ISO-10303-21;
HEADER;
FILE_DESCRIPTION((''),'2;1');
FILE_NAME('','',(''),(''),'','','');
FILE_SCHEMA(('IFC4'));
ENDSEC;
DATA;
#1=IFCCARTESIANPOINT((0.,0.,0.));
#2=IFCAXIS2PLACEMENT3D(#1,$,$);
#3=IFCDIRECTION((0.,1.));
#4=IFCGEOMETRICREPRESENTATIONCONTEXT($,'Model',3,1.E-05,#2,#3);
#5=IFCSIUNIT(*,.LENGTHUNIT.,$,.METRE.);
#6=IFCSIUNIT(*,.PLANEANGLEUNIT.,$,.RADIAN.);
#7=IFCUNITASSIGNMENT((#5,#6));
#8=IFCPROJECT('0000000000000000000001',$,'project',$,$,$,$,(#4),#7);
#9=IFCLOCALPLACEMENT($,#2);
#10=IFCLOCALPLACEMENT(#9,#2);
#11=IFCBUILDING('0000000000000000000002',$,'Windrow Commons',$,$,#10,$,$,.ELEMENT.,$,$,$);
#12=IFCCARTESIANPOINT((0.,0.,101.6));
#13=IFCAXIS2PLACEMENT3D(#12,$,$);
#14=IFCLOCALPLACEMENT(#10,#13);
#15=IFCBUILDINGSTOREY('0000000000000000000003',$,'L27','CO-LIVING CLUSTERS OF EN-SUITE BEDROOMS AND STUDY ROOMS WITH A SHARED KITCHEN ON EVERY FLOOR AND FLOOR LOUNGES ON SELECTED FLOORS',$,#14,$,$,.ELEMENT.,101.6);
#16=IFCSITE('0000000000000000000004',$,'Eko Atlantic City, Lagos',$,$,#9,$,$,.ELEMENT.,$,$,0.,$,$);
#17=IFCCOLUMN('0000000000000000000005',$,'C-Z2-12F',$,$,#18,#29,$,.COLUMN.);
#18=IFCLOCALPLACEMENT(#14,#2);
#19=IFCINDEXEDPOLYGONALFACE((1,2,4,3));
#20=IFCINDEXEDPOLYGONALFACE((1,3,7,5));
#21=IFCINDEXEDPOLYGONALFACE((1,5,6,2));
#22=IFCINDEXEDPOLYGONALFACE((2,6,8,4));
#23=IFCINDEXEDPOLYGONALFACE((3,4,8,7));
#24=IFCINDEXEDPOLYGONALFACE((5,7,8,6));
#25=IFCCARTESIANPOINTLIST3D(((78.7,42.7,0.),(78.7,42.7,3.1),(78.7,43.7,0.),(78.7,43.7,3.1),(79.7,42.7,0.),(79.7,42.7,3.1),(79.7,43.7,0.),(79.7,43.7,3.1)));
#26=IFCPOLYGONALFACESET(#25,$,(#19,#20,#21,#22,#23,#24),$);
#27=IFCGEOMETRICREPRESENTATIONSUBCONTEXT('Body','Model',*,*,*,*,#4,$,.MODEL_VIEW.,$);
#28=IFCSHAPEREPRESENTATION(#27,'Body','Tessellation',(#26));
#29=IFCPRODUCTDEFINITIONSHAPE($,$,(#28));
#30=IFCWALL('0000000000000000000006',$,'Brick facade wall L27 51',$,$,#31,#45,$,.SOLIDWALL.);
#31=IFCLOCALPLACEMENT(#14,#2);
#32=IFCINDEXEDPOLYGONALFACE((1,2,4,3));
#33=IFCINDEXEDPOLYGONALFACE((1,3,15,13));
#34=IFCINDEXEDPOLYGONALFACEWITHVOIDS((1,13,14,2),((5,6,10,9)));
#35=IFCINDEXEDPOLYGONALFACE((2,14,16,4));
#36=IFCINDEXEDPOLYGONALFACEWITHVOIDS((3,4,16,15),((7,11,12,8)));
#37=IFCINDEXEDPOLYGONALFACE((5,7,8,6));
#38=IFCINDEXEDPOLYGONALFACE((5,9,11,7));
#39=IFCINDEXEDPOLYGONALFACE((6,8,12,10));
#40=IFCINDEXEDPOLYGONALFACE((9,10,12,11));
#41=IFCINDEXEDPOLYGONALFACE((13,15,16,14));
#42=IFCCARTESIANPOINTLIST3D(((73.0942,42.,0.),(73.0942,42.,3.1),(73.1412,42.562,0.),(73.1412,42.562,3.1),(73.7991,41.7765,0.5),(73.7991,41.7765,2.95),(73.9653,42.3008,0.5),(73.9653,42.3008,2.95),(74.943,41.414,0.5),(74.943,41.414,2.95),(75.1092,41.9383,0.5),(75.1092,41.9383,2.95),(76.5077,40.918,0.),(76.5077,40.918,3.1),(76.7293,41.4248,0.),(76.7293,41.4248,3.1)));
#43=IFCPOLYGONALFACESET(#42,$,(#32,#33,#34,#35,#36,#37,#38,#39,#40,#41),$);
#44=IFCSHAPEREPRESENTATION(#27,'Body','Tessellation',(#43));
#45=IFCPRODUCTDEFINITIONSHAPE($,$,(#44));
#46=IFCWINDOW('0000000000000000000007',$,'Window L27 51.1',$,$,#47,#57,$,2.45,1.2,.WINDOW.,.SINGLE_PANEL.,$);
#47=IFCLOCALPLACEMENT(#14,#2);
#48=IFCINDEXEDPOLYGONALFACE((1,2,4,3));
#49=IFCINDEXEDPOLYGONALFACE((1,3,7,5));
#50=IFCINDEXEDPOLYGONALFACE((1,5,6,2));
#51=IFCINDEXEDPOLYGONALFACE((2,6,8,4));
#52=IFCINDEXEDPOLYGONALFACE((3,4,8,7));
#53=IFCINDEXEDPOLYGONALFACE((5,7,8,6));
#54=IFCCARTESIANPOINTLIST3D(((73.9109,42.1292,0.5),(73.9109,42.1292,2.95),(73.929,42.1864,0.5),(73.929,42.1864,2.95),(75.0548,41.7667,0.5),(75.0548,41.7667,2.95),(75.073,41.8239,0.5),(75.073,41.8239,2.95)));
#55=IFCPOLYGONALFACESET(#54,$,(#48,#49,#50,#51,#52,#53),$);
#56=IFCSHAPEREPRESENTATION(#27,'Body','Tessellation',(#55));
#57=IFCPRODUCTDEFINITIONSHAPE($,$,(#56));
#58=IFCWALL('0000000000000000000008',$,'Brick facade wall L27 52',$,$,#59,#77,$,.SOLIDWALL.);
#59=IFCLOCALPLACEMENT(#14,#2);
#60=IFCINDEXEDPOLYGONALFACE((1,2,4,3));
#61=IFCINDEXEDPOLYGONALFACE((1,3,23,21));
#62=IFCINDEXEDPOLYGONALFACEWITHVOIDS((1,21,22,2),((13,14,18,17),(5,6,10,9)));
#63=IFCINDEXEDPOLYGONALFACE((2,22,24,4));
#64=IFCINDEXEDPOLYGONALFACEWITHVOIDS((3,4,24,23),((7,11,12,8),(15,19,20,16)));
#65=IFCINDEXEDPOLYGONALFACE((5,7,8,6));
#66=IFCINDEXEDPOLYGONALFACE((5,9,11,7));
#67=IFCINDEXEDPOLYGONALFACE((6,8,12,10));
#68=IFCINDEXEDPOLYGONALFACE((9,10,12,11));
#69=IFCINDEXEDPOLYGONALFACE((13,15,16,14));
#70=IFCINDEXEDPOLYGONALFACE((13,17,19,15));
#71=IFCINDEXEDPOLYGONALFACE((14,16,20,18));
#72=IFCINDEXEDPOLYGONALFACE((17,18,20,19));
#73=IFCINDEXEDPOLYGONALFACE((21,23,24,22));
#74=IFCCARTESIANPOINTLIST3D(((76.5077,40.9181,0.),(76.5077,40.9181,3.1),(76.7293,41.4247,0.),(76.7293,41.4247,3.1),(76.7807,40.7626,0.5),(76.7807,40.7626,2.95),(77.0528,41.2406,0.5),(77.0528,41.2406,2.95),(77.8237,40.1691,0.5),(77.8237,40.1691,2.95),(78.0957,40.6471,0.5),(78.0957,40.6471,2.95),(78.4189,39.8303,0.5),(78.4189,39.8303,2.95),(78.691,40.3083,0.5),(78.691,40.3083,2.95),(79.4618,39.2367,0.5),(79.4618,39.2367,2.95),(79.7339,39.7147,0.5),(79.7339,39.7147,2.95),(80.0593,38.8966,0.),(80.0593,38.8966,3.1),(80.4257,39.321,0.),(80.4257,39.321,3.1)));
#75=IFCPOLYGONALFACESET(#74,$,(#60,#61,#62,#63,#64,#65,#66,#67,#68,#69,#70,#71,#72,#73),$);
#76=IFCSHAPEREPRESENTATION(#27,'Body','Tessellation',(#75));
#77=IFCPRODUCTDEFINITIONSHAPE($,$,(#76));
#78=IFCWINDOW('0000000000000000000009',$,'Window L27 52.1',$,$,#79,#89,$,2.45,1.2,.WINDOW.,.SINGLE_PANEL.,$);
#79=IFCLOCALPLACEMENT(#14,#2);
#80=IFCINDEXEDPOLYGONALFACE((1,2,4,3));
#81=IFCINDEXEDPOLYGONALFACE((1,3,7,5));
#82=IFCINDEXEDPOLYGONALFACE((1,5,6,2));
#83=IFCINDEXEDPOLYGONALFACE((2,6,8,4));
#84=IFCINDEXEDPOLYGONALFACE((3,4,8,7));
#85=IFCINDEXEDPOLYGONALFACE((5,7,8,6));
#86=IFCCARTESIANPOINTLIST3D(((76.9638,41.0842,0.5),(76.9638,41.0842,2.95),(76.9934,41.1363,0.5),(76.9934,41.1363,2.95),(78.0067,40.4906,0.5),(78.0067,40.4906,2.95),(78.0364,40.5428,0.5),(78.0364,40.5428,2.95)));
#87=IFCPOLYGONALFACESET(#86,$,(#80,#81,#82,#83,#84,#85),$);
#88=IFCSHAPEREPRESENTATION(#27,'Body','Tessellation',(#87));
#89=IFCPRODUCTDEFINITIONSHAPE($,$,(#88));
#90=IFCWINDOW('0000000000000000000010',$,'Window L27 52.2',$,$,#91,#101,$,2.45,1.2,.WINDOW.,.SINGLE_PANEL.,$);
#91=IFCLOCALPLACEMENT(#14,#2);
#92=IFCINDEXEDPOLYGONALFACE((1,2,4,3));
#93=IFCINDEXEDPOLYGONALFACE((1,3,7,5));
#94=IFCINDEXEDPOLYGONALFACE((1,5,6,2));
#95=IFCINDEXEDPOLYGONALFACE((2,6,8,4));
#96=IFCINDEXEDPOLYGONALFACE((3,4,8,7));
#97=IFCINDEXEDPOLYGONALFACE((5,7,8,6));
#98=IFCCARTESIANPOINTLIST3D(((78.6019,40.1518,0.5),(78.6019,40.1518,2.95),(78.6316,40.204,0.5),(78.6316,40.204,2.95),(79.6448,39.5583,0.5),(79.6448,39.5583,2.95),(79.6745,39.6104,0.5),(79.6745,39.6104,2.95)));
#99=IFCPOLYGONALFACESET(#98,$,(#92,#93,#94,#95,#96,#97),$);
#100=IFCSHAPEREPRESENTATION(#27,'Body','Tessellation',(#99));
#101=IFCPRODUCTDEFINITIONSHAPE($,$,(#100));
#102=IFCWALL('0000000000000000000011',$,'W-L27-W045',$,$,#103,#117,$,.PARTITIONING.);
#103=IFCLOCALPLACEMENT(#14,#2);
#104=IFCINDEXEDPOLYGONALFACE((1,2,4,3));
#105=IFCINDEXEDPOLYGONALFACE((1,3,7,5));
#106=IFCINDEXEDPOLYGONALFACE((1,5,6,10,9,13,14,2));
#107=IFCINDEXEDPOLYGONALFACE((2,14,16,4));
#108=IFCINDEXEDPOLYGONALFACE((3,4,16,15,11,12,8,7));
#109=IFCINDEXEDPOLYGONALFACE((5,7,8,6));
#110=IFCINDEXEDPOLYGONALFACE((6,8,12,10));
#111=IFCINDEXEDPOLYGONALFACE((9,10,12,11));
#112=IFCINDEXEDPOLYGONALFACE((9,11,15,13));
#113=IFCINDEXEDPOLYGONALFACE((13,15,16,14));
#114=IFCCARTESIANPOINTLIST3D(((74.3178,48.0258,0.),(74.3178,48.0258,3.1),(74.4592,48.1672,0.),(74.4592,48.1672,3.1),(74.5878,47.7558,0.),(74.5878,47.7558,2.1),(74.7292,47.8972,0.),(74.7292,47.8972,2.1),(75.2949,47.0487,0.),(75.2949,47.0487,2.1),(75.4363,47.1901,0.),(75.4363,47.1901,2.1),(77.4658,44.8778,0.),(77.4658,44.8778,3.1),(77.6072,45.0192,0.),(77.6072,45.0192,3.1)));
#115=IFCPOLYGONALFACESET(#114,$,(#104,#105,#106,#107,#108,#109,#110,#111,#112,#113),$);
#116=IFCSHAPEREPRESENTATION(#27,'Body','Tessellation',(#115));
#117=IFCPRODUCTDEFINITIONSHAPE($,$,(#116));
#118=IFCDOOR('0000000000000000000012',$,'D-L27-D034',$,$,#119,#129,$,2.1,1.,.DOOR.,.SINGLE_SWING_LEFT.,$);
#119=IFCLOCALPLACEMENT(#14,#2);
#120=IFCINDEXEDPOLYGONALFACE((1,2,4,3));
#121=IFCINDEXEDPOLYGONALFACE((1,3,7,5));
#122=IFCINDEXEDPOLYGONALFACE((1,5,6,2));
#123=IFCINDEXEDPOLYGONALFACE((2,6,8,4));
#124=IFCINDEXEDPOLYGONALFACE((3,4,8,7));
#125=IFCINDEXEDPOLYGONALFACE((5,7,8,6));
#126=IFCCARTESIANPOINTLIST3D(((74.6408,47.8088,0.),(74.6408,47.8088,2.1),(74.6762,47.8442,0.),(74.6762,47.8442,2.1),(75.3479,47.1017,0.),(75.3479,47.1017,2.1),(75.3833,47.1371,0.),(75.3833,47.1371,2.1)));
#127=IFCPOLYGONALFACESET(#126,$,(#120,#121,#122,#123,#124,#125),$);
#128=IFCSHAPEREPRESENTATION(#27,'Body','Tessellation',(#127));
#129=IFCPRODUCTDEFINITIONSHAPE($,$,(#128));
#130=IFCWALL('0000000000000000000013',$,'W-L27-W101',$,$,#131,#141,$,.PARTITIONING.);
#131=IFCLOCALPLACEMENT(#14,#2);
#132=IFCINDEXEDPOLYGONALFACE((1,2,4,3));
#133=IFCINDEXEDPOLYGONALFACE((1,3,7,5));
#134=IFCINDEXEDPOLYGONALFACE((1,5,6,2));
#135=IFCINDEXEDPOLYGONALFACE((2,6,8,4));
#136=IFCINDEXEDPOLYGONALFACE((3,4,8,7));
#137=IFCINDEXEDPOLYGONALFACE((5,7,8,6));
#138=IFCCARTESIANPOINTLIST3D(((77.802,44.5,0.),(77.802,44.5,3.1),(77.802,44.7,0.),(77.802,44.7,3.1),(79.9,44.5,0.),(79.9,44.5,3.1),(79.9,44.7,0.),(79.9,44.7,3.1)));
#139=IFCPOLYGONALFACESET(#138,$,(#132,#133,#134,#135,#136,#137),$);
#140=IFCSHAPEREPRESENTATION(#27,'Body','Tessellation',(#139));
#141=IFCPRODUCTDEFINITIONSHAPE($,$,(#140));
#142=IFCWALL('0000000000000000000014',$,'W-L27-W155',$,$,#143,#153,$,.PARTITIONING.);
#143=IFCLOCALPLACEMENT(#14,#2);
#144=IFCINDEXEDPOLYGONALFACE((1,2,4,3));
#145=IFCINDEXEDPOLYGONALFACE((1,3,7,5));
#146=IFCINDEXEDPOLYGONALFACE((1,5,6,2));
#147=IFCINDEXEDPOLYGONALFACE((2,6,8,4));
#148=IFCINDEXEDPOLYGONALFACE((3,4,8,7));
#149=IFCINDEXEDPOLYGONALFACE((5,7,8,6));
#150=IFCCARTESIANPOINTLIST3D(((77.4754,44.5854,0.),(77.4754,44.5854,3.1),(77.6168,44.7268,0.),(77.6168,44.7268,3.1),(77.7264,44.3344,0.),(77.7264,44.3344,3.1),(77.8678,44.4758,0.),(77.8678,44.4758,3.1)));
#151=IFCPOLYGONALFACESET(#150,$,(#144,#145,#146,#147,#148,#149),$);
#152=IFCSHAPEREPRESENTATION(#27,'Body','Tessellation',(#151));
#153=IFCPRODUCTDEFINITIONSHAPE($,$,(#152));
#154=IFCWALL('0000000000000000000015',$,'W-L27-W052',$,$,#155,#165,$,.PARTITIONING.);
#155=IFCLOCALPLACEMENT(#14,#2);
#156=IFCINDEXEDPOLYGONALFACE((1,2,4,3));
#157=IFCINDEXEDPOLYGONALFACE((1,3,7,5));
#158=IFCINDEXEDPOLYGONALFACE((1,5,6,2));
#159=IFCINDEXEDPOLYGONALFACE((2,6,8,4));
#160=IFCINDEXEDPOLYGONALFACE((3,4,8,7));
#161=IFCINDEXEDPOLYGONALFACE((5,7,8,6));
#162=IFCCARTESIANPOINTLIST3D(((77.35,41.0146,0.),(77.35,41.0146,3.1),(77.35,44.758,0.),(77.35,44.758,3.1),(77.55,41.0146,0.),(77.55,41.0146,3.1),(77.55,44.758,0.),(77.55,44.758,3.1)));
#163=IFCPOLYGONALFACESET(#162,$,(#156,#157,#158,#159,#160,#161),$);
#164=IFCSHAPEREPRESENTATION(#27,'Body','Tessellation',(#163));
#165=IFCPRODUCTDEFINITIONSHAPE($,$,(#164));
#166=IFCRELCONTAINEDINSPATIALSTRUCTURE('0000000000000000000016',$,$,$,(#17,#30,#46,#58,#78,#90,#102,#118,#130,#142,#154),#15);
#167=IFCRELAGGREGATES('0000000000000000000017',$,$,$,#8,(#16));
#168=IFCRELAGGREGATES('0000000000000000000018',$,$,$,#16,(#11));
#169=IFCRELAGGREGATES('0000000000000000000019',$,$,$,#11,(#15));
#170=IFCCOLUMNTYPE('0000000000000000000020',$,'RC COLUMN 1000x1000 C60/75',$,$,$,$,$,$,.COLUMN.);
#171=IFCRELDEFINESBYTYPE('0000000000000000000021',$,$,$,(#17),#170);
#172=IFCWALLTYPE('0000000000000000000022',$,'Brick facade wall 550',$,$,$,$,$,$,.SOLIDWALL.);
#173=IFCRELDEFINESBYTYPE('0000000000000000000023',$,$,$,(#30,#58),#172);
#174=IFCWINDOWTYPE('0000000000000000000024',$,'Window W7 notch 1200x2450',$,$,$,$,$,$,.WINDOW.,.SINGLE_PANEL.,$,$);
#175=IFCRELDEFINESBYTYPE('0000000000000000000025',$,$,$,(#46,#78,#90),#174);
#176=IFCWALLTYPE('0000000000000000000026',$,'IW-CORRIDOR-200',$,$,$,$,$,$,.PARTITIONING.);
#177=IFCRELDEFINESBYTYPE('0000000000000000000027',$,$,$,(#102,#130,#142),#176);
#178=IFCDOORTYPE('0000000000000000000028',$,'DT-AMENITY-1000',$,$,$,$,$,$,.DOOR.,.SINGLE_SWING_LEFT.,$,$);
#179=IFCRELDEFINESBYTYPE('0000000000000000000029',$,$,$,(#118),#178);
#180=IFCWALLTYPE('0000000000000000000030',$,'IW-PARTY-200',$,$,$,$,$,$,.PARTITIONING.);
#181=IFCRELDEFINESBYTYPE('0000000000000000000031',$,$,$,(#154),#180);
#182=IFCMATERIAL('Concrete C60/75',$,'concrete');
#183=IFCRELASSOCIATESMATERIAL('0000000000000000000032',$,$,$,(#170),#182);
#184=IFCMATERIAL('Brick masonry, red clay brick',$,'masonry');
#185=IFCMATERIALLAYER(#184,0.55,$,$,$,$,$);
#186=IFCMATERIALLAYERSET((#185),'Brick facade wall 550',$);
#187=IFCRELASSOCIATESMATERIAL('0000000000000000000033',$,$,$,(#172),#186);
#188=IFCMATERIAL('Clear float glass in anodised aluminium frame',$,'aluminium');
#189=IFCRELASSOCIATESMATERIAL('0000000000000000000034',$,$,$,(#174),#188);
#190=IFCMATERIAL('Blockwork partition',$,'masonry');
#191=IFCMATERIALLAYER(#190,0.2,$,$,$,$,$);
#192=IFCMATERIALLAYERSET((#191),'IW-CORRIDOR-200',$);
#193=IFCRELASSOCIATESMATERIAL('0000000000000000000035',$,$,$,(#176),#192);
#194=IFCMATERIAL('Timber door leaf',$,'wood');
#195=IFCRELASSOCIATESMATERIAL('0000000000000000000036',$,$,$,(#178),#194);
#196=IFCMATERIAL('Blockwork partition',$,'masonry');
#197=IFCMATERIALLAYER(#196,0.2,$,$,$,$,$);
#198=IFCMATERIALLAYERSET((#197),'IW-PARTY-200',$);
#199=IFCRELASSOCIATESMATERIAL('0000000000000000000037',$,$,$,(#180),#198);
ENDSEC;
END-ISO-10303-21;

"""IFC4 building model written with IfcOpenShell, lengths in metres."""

from ifc_helpers import new_model, si_unit, direction, frame, frame_2d, origin, origin_2d, place, context, subcontext, project, spatial, polyline, rectangle, outline, extrude, material, layer, layer_set, material_profile, profile_set, type_object, element, fill, save


model = new_model("IFC4")

# Units and contexts
model_context = context("Model", 3, precision=1e-05, world=origin(), true_north=direction((0.0, 1.0)))
body_context = subcontext(model_context, "Body", "Model", "MODEL_VIEW")
ifc_project = project(units=[si_unit("LENGTHUNIT", "METRE"), si_unit("PLANEANGLEUNIT", "RADIAN")], contexts=[model_context])

# Site, building, storey
site_placement = place(None, origin())
site = spatial("IfcSite", under=ifc_project, at=site_placement, Name="Eko Atlantic City, Lagos", CompositionType="ELEMENT", RefElevation=0.0)
building_placement = place(site_placement, origin())
building = spatial("IfcBuilding", under=site, at=building_placement, Name="Windrow Commons", CompositionType="ELEMENT")
storey_placement = place(building_placement, frame((0.0, 0.0, 101.6)))
storey = spatial("IfcBuildingStorey", under=building, at=storey_placement, Name="L27", Description="CO-LIVING CLUSTERS OF EN-SUITE BEDROOMS AND STUDY ROOMS WITH A SHARED KITCHEN ON EVERY FLOOR AND FLOOR LOUNGES ON SELECTED FLOORS", CompositionType="ELEMENT", Elevation=101.6)

# Column
ifc_material_1 = material(Name="Concrete C60/75", Category="concrete")
ifc_material_profile = material_profile(ifc_material_1, rectangle(XDim=1.0, YDim=1.0, at=origin_2d()))
ifc_profile_set = profile_set([ifc_material_profile], Name="Concrete C60/75")
column_type = type_object("IfcColumnType", Name="RC COLUMN 1000x1000 C60/75", PredefinedType="COLUMN", material=ifc_profile_set)
column_placement = place(storey_placement, frame((79.2, 43.2, 0.0), z_axis=(0.0, 0.0, 1.0), x_axis=(1.0, 0.0, 0.0)))
element("IfcColumn", 1, at=column_placement, inside=storey, type_object=column_type, Name="C-Z2-12F", PredefinedType="COLUMN", context=body_context, shape_type="SweptSolid", body=[
    extrude(rectangle(XDim=1.0, YDim=1.0, at=origin_2d()), origin(), (0.0, 0.0, 1.0), 3.1),
])

# Wall, opening, window
ifc_material_2 = material(Name="Brick masonry, red clay brick", Category="masonry")
ifc_layer_1 = layer(ifc_material_2, 0.55)
ifc_layer_set_1 = layer_set([ifc_layer_1], Name="Brick facade wall 550")
wall_type_1 = type_object("IfcWallType", Name="Brick facade wall 550", PredefinedType="SOLIDWALL", material=ifc_layer_set_1)
wall_1_placement = place(storey_placement, frame((73.1177, 42.281, 0.0), z_axis=(0.0, 0.0, 1.0), x_axis=(0.953263, -0.302142, 0.0)))
wall_1 = element("IfcWall", 2, at=wall_1_placement, inside=storey, type_object=wall_type_1, Name="Brick facade wall L27 51", PredefinedType="SOLIDWALL", context=body_context, shape_type="SweptSolid", body=[
    extrude(outline(polyline([(0.0625, -0.275), (3.6434, -0.275), (3.7015, 0.275), (-0.0625, 0.275), (0.0625, -0.275)])), origin(), (0.0, 0.0, 1.0), 3.1),
])
opening_1_placement = place(wall_1_placement, frame((0.802, 0.0, 0.5)))
opening_1 = element("IfcOpeningElement", 3, at=opening_1_placement, cuts=wall_1, PredefinedType="OPENING", context=body_context, shape_type="SweptSolid", body=[
    extrude(rectangle(XDim=1.2, YDim=2.45, at=frame_2d((0.6, 1.225))), frame((0.0, 0.285, 0.0), z_axis=(0.0, -1.0, 0.0), x_axis=(1.0, 0.0, 0.0)), (0.0, 0.0, 1.0), 0.57),
])
ifc_material_3 = material(Name="Clear float glass in anodised aluminium frame", Category="aluminium")
window_type = type_object("IfcWindowType", Name="Window W7 notch 1200x2450", PartitioningType="SINGLE_PANEL", PredefinedType="WINDOW", material=ifc_material_3)
window_1_placement = place(opening_1_placement, origin())
window_1 = element("IfcWindow", 4, at=window_1_placement, inside=storey, type_object=window_type, Name="Window L27 51.1", OverallHeight=2.45, OverallWidth=1.2, PartitioningType="SINGLE_PANEL", PredefinedType="WINDOW", context=body_context, shape_type="SweptSolid", body=[
    extrude(rectangle(XDim=1.2, YDim=2.45, at=frame_2d((0.6, 1.225))), frame((0.0, 0.155, 0.0), z_axis=(0.0, -1.0, 0.0), x_axis=(1.0, 0.0, 0.0)), (0.0, 0.0, 1.0), 0.06),
])
fill(opening_1, window_1)

# Wall, openings, windows
wall_2_placement = place(storey_placement, frame((76.6185, 41.1714, 0.0), z_axis=(0.0, 0.0, 1.0), x_axis=(0.869095, -0.494645, 0.0)))
wall_2 = element("IfcWall", 5, at=wall_2_placement, inside=storey, type_object=wall_type_1, Name="Brick facade wall L27 52", PredefinedType="SOLIDWALL", context=body_context, shape_type="SweptSolid", body=[
    extrude(outline(polyline([(0.029, -0.275), (4.1156, -0.275), (4.2241, 0.275), (-0.029, 0.275), (0.029, -0.275)])), origin(), (0.0, 0.0, 1.0), 3.1),
])
opening_2_placement = place(wall_2_placement, frame((0.3432, 0.0, 0.5)))
opening_2 = element("IfcOpeningElement", 6, at=opening_2_placement, cuts=wall_2, PredefinedType="OPENING", context=body_context, shape_type="SweptSolid", body=[
    extrude(rectangle(XDim=1.2, YDim=2.45, at=frame_2d((0.6, 1.225))), frame((0.0, 0.285, 0.0), z_axis=(0.0, -1.0, 0.0), x_axis=(1.0, 0.0, 0.0)), (0.0, 0.0, 1.0), 0.57),
])
opening_3_placement = place(wall_2_placement, frame((2.2281, 0.0, 0.5)))
opening_3 = element("IfcOpeningElement", 7, at=opening_3_placement, cuts=wall_2, PredefinedType="OPENING", context=body_context, shape_type="SweptSolid", body=[
    extrude(rectangle(XDim=1.2, YDim=2.45, at=frame_2d((0.6, 1.225))), frame((0.0, 0.285, 0.0), z_axis=(0.0, -1.0, 0.0), x_axis=(1.0, 0.0, 0.0)), (0.0, 0.0, 1.0), 0.57),
])
window_2_placement = place(opening_2_placement, origin())
window_2 = element("IfcWindow", 8, at=window_2_placement, inside=storey, type_object=window_type, Name="Window L27 52.1", OverallHeight=2.45, OverallWidth=1.2, PartitioningType="SINGLE_PANEL", PredefinedType="WINDOW", context=body_context, shape_type="SweptSolid", body=[
    extrude(rectangle(XDim=1.2, YDim=2.45, at=frame_2d((0.6, 1.225))), frame((0.0, 0.155, 0.0), z_axis=(0.0, -1.0, 0.0), x_axis=(1.0, 0.0, 0.0)), (0.0, 0.0, 1.0), 0.06),
])
fill(opening_2, window_2)
window_3_placement = place(opening_3_placement, origin())
window_3 = element("IfcWindow", 9, at=window_3_placement, inside=storey, type_object=window_type, Name="Window L27 52.2", OverallHeight=2.45, OverallWidth=1.2, PartitioningType="SINGLE_PANEL", PredefinedType="WINDOW", context=body_context, shape_type="SweptSolid", body=[
    extrude(rectangle(XDim=1.2, YDim=2.45, at=frame_2d((0.6, 1.225))), frame((0.0, 0.155, 0.0), z_axis=(0.0, -1.0, 0.0), x_axis=(1.0, 0.0, 0.0)), (0.0, 0.0, 1.0), 0.06),
])
fill(opening_3, window_3)

# Wall, opening, door
ifc_material_4 = material(Name="Blockwork partition", Category="masonry")
ifc_layer_2 = layer(ifc_material_4, 0.2)
ifc_layer_set_2 = layer_set([ifc_layer_2], Name="IW-CORRIDOR-200")
wall_type_2 = type_object("IfcWallType", Name="IW-CORRIDOR-200", PredefinedType="PARTITIONING", material=ifc_layer_set_2)
wall_3_placement = place(storey_placement, frame((74.3885, 48.0965, 0.0), z_axis=(0.0, 0.0, 1.0), x_axis=(0.707107, -0.707107, 0.0)))
wall_3 = element("IfcWall", 10, at=wall_3_placement, inside=storey, type_object=wall_type_2, Name="W-L27-W045", PredefinedType="PARTITIONING", context=body_context, shape_type="SweptSolid", body=[
    extrude(rectangle(XDim=4.4519, YDim=0.2, at=frame_2d((2.226, 0.0))), origin(), (0.0, 0.0, 1.0), 3.1),
])
opening_4_placement = place(wall_3_placement, frame((0.3818, 0.0, 0.0)))
opening_4 = element("IfcOpeningElement", 11, at=opening_4_placement, cuts=wall_3, PredefinedType="OPENING", context=body_context, shape_type="SweptSolid", body=[
    extrude(rectangle(XDim=1.0, YDim=2.1, at=frame_2d((0.5, 1.05))), frame((0.0, 0.11, 0.0), z_axis=(0.0, -1.0, 0.0), x_axis=(1.0, 0.0, 0.0)), (0.0, 0.0, 1.0), 0.22),
])
ifc_material_5 = material(Name="Timber door leaf", Category="wood")
door_type = type_object("IfcDoorType", Name="DT-AMENITY-1000", OperationType="SINGLE_SWING_LEFT", PredefinedType="DOOR", material=ifc_material_5)
door_placement = place(opening_4_placement, origin())
door = element("IfcDoor", 12, at=door_placement, inside=storey, type_object=door_type, Name="D-L27-D034", OperationType="SINGLE_SWING_LEFT", OverallHeight=2.1, OverallWidth=1.0, PredefinedType="DOOR", context=body_context, shape_type="SweptSolid", body=[
    extrude(rectangle(XDim=1.0, YDim=2.1, at=frame_2d((0.5, 1.05))), frame((0.0, 0.025, 0.0), z_axis=(0.0, -1.0, 0.0), x_axis=(1.0, 0.0, 0.0)), (0.0, 0.0, 1.0), 0.05),
])
fill(opening_4, door)

# Walls
wall_4_placement = place(storey_placement, frame((77.802, 44.6, 0.0), z_axis=(0.0, 0.0, 1.0), x_axis=(1.0, 0.0, 0.0)))
element("IfcWall", 13, at=wall_4_placement, inside=storey, type_object=wall_type_2, Name="W-L27-W101", PredefinedType="PARTITIONING", context=body_context, shape_type="SweptSolid", body=[
    extrude(rectangle(XDim=2.098, YDim=0.2, at=frame_2d((1.049, 0.0))), origin(), (0.0, 0.0, 1.0), 3.1),
])
wall_5_placement = place(storey_placement, frame((77.5461, 44.6561, 0.0), z_axis=(0.0, 0.0, 1.0), x_axis=(0.707107, -0.707107, 0.0)))
element("IfcWall", 14, at=wall_5_placement, inside=storey, type_object=wall_type_2, Name="W-L27-W155", PredefinedType="PARTITIONING", context=body_context, shape_type="SweptSolid", body=[
    extrude(rectangle(XDim=0.355, YDim=0.2, at=frame_2d((0.1775, 0.0))), origin(), (0.0, 0.0, 1.0), 3.1),
])
ifc_material_6 = material(Name="Blockwork partition", Category="masonry")
ifc_layer_3 = layer(ifc_material_6, 0.2)
ifc_layer_set_3 = layer_set([ifc_layer_3], Name="IW-PARTY-200")
wall_type_3 = type_object("IfcWallType", Name="IW-PARTY-200", PredefinedType="PARTITIONING", material=ifc_layer_set_3)
wall_6_placement = place(storey_placement, frame((77.45, 41.0145, 0.0), z_axis=(0.0, 0.0, 1.0), x_axis=(0.0, 1.0, 0.0)))
element("IfcWall", 15, at=wall_6_placement, inside=storey, type_object=wall_type_3, Name="W-L27-W052", PredefinedType="PARTITIONING", context=body_context, shape_type="SweptSolid", body=[
    extrude(rectangle(XDim=3.7435, YDim=0.2, at=frame_2d((1.8718, 0.0))), origin(), (0.0, 0.0, 1.0), 3.1),
])

save(model, "model.ifc")
